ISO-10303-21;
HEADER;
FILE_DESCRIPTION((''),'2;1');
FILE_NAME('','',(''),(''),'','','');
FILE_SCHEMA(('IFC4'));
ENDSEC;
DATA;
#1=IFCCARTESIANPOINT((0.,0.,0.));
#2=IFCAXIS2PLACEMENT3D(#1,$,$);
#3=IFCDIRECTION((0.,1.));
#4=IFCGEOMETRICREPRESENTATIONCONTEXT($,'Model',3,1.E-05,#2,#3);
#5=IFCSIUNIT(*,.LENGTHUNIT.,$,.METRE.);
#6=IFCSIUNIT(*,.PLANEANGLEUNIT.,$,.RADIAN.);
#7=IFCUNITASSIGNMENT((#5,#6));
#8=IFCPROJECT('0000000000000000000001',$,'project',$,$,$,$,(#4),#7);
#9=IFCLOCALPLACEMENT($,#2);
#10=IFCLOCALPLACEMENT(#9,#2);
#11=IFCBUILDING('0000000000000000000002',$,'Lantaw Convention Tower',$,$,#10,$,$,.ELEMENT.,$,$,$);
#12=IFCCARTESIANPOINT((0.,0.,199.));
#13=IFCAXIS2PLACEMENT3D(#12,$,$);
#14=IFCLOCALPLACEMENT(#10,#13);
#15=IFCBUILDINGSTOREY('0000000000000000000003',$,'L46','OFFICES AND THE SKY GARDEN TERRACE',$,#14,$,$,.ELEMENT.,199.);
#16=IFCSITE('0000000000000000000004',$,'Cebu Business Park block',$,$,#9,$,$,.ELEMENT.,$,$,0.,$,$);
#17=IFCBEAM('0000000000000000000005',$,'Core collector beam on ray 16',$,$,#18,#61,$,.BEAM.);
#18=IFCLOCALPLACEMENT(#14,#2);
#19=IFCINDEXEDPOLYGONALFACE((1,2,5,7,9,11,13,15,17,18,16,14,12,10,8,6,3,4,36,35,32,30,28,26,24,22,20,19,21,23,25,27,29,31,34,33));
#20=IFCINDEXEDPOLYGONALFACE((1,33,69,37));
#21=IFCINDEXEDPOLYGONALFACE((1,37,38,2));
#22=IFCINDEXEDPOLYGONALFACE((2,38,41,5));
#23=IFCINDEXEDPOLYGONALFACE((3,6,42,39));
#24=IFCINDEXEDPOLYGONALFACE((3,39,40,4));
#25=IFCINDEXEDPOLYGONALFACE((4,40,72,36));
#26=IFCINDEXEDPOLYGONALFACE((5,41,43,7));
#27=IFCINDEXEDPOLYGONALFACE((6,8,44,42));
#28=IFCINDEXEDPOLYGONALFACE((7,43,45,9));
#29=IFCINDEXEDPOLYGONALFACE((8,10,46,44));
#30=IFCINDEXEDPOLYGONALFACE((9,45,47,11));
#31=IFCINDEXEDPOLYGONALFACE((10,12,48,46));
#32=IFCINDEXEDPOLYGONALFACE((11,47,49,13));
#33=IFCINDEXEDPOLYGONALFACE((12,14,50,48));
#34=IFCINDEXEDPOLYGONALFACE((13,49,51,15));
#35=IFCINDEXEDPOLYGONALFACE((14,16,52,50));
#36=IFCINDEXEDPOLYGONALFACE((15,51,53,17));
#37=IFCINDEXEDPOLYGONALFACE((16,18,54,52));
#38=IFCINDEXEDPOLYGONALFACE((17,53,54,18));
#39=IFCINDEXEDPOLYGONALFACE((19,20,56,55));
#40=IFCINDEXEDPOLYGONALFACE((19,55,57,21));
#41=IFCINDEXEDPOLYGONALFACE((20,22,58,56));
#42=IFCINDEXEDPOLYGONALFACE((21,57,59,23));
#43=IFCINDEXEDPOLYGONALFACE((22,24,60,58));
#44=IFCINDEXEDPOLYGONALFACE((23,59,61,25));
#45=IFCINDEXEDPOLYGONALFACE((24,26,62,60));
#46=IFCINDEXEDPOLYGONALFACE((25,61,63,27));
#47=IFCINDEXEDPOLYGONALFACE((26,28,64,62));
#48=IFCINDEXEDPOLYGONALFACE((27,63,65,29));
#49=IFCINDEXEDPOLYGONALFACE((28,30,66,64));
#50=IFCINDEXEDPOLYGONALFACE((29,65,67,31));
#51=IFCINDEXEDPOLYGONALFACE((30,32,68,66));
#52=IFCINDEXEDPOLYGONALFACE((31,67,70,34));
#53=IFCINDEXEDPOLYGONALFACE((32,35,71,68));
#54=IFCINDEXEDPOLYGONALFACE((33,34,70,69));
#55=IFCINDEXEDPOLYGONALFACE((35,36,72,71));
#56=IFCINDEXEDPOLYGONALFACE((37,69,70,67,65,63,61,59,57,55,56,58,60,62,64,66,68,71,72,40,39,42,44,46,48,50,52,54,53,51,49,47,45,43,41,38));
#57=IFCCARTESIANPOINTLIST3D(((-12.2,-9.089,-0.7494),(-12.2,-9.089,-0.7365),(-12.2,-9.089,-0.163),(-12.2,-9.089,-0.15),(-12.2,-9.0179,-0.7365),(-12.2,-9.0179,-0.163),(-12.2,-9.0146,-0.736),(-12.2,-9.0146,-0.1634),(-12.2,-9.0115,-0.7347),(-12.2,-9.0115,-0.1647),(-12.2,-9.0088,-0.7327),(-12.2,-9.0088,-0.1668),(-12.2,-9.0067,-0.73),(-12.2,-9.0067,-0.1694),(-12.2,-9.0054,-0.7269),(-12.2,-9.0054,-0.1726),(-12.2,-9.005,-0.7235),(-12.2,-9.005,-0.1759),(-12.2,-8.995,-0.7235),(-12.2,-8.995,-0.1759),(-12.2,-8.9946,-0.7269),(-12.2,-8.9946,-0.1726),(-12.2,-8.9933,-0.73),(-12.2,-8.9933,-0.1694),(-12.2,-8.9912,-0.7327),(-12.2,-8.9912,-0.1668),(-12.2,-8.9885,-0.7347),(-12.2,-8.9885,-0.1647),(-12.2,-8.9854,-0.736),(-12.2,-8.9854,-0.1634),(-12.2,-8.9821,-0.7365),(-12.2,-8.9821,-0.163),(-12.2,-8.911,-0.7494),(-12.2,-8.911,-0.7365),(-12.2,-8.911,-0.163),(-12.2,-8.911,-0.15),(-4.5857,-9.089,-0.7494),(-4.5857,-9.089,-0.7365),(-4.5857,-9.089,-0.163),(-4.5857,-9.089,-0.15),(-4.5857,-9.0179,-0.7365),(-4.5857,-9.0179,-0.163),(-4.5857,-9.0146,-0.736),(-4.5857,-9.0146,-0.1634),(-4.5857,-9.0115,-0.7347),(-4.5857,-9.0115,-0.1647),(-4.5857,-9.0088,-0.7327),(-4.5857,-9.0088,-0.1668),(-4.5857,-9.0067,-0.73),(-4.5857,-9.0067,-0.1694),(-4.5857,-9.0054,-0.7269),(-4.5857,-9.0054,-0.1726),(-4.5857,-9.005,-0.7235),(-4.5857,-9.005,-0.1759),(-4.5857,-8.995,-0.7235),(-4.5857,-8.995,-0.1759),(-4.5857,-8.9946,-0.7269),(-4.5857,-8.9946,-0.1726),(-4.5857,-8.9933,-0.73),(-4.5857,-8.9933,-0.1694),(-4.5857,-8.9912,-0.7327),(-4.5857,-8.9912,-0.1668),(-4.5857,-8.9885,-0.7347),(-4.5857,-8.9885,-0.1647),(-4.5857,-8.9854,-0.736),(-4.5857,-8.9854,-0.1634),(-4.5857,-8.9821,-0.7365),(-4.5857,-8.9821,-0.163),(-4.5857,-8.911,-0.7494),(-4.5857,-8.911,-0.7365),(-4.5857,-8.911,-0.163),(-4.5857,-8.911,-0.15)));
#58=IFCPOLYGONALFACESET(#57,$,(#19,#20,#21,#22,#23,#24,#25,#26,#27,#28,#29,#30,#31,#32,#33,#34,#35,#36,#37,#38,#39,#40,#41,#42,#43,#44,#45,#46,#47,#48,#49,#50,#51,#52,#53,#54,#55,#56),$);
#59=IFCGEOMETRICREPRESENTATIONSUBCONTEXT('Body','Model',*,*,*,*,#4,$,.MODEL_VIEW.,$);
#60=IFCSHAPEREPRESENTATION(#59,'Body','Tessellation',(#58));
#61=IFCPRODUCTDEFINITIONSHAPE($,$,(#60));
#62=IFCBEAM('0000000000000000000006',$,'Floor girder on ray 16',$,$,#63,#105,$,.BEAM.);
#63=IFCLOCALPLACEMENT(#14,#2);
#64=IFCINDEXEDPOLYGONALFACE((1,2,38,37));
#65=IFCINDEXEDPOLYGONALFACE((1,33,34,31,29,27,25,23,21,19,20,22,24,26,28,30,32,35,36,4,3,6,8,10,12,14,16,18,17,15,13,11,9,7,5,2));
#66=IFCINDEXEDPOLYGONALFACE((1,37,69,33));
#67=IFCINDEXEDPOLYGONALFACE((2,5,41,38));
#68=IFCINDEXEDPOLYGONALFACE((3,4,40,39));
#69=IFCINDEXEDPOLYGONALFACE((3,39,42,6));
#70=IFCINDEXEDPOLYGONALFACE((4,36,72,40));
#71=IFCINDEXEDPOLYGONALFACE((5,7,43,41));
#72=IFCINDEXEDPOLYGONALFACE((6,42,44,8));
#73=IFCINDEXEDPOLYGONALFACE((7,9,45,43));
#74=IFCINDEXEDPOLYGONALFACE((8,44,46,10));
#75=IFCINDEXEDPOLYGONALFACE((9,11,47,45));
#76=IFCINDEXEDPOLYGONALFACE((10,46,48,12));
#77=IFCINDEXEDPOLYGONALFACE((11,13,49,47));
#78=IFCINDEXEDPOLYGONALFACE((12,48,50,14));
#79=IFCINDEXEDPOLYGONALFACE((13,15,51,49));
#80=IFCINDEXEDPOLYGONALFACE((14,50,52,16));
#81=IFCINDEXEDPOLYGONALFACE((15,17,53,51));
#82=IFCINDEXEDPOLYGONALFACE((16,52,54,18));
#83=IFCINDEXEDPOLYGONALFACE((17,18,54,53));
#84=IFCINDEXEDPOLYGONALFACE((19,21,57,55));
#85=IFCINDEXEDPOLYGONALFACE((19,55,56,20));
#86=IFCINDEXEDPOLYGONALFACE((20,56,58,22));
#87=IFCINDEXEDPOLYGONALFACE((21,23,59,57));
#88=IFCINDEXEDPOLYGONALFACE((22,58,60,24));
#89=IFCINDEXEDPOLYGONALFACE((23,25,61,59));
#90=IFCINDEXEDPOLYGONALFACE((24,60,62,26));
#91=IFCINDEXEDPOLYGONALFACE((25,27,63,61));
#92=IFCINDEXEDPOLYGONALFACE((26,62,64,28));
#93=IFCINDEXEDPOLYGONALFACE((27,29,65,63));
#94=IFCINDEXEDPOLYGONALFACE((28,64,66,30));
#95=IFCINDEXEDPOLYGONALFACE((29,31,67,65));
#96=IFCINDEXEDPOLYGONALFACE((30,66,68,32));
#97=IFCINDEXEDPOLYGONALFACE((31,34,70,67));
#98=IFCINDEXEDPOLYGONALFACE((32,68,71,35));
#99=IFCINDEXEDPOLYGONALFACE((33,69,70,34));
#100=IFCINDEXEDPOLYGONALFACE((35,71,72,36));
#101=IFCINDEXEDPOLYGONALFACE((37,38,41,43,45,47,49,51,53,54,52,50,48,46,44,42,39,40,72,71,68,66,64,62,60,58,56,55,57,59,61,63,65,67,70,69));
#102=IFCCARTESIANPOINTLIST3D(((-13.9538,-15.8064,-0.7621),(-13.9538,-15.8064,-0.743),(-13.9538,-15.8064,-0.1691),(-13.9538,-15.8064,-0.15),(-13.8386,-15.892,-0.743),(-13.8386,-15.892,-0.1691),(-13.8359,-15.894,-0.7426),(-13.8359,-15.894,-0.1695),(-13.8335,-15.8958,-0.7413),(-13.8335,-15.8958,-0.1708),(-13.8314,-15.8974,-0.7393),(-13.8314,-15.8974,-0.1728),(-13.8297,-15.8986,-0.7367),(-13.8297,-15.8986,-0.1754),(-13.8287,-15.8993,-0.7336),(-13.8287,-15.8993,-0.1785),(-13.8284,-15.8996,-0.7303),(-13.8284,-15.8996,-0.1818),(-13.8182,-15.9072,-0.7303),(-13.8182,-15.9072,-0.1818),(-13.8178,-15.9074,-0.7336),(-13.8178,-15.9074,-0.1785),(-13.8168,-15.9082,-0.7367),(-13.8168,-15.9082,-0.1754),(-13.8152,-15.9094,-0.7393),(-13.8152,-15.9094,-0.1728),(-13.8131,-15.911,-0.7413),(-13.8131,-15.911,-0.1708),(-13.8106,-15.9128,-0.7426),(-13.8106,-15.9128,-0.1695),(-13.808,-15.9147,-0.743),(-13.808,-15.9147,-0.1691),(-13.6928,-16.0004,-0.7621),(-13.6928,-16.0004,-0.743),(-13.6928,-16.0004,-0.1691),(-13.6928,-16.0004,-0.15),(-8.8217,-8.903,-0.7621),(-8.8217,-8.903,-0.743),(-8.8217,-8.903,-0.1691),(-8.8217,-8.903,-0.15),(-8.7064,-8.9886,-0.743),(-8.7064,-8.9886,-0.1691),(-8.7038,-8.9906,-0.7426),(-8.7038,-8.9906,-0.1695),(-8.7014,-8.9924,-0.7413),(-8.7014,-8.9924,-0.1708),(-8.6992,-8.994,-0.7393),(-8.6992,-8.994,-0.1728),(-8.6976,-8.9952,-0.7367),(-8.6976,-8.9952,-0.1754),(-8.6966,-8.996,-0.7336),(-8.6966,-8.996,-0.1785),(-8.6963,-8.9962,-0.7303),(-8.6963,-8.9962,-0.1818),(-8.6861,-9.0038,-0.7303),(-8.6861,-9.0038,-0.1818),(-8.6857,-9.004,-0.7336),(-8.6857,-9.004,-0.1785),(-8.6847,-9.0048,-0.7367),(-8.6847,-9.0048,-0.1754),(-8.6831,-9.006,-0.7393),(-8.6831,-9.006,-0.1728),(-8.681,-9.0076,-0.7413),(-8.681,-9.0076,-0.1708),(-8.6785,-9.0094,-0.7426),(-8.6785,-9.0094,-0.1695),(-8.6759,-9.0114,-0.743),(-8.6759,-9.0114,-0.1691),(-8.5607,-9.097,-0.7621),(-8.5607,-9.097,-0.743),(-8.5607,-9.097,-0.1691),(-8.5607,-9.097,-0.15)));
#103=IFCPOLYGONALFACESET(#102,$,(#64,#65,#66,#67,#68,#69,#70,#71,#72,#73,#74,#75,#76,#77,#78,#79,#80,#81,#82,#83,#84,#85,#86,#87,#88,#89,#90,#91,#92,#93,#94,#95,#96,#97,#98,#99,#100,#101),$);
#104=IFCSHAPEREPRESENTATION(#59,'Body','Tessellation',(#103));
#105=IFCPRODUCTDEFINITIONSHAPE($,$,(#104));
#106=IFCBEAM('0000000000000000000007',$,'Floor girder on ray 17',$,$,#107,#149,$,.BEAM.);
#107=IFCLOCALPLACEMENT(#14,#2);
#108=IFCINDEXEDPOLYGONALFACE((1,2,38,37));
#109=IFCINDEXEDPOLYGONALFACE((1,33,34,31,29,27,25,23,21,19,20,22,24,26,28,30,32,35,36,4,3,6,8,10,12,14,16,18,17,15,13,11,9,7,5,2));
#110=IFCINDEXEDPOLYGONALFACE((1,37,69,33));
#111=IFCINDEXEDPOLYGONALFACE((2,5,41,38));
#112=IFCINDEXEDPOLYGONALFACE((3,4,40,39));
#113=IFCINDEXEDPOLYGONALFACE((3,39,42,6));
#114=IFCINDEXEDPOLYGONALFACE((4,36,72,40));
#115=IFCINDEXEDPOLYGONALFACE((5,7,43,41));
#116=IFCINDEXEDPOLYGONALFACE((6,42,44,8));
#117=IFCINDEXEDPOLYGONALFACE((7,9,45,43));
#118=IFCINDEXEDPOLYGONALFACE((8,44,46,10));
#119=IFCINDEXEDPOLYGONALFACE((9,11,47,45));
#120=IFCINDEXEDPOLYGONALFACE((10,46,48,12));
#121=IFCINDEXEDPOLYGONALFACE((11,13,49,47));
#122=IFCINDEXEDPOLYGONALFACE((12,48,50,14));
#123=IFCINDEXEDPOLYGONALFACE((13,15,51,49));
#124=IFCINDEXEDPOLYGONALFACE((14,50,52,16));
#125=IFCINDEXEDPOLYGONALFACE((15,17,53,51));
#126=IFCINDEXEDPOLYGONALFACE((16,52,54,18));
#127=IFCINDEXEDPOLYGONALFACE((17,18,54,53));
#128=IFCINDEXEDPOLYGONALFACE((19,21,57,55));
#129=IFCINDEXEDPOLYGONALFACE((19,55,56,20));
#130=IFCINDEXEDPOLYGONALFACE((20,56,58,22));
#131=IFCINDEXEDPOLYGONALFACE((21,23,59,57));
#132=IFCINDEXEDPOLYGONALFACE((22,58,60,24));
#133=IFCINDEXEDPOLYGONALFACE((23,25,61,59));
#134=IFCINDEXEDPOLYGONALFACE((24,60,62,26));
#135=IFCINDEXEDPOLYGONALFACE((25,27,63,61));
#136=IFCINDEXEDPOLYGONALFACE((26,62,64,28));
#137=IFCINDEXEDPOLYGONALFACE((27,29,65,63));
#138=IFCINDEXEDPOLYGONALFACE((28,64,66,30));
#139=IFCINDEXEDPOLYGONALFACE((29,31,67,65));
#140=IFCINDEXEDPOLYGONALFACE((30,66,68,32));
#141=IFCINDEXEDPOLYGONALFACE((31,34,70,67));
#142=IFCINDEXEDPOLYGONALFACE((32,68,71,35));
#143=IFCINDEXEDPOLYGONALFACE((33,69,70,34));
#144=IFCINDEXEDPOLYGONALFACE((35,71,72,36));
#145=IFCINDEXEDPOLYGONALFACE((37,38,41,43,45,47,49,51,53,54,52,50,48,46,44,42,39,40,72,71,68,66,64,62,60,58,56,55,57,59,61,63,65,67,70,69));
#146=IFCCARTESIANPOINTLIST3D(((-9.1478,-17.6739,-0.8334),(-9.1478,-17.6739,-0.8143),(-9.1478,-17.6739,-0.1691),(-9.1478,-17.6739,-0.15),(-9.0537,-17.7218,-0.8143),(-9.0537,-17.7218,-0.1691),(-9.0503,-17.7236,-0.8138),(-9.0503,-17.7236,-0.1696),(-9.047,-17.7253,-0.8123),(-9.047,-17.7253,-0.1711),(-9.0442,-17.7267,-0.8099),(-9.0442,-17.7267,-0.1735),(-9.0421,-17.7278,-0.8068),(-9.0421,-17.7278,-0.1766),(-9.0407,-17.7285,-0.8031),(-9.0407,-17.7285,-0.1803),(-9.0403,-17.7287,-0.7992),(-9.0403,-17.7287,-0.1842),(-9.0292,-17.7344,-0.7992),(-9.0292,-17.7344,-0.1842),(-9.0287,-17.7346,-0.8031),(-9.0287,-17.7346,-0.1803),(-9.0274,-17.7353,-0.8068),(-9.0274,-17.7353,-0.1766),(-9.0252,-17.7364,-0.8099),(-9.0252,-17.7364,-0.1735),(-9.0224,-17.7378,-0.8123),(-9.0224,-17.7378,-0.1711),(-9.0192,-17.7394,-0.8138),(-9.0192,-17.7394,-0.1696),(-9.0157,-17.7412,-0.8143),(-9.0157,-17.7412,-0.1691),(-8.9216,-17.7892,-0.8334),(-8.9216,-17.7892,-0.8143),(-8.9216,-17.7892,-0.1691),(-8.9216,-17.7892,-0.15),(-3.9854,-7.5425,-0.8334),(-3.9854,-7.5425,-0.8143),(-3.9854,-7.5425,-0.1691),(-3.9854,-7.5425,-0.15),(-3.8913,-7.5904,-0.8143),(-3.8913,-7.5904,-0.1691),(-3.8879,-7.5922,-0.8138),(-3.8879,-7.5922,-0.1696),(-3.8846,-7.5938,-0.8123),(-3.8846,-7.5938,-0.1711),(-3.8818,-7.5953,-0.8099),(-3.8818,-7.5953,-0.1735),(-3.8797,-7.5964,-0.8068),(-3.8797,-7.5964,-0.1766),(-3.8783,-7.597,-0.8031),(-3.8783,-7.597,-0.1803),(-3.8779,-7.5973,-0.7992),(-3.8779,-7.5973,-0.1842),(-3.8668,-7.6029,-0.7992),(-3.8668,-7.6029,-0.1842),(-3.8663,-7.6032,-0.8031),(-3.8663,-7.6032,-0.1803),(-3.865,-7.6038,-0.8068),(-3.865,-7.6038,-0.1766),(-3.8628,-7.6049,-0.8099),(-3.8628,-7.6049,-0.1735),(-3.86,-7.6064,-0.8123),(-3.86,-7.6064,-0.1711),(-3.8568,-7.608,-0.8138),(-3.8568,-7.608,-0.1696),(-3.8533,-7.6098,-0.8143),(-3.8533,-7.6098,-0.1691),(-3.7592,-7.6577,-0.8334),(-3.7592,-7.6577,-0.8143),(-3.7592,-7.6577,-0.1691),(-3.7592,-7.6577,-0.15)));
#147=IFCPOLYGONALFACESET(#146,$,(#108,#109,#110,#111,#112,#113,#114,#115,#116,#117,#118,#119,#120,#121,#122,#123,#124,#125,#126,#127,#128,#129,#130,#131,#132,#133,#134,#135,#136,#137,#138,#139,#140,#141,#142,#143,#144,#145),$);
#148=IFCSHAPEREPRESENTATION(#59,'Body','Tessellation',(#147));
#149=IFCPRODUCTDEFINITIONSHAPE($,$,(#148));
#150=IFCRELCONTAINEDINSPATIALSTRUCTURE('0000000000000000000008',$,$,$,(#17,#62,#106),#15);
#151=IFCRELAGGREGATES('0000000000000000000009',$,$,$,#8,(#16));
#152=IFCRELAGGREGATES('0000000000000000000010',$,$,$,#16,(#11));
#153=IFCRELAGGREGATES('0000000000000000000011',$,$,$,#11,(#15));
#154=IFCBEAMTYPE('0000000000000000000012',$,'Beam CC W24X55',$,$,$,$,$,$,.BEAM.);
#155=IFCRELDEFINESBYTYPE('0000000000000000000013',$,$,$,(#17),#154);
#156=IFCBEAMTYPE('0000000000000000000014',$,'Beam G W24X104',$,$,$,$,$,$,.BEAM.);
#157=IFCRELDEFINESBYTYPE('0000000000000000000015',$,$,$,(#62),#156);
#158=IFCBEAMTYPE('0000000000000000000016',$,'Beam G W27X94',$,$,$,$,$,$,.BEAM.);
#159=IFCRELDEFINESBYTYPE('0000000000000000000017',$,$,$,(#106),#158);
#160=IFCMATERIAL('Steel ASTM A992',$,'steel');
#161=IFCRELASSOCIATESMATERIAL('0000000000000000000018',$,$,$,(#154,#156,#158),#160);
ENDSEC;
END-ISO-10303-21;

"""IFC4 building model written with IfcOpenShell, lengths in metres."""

from ifc_helpers import new_model, si_unit, direction, frame, origin, origin_2d, place, context, subcontext, project, spatial, i_section, extrude, material, material_profile, profile_set, type_object, element, save


model = new_model("IFC4")

# Units and contexts
model_context = context("Model", 3, precision=1e-05, world=origin(), true_north=direction((0.0, 1.0)))
body_context = subcontext(model_context, "Body", "Model", "MODEL_VIEW")
ifc_project = project(units=[si_unit("LENGTHUNIT", "METRE"), si_unit("PLANEANGLEUNIT", "RADIAN")], contexts=[model_context])

# Site, building, storey
site_placement = place(None, origin())
site = spatial("IfcSite", under=ifc_project, at=site_placement, Name="Cebu Business Park block", CompositionType="ELEMENT", RefElevation=0.0)
building_placement = place(site_placement, origin())
building = spatial("IfcBuilding", under=site, at=building_placement, Name="Lantaw Convention Tower", CompositionType="ELEMENT")
storey_placement = place(building_placement, frame((0.0, 0.0, 199.0)))
storey = spatial("IfcBuildingStorey", under=building, at=storey_placement, Name="L46", Description="OFFICES AND THE SKY GARDEN TERRACE", CompositionType="ELEMENT", Elevation=199.0)

# Beams
ifc_material_1 = material(Name="Steel ASTM A992", Category="steel")
ifc_material_profile_1 = material_profile(ifc_material_1, i_section(OverallWidth=0.178, OverallDepth=0.5994, WebThickness=0.01, FlangeThickness=0.0129, FilletRadius=0.0129, at=origin_2d()), Name="W24X55")
ifc_profile_set_1 = profile_set([ifc_material_profile_1], Name="Steel ASTM A992")
beam_type_1 = type_object("IfcBeamType", Name="Beam CC W24X55", PredefinedType="BEAM", material=ifc_profile_set_1)
beam_1_placement = place(storey_placement, frame((-12.2, -9.0, -0.4497), z_axis=(1.0, 0.0, 0.0), x_axis=(0.0, 1.0, 0.0)))
element("IfcBeam", 1, at=beam_1_placement, inside=storey, type_object=beam_type_1, Name="Core collector beam on ray 16", PredefinedType="BEAM", context=body_context, shape_type="SweptSolid", body=[
    extrude(i_section(OverallWidth=0.178, OverallDepth=0.5994, WebThickness=0.01, FlangeThickness=0.0129, FilletRadius=0.0129, at=origin_2d()), origin(), (0.0, 0.0, 1.0), 7.6143),
])
ifc_material_profile_2 = material_profile(ifc_material_1, i_section(OverallWidth=0.3252, OverallDepth=0.6121, WebThickness=0.0127, FlangeThickness=0.019, FilletRadius=0.0127, at=origin_2d()), Name="W24X104")
ifc_profile_set_2 = profile_set([ifc_material_profile_2], Name="Steel ASTM A992")
beam_type_2 = type_object("IfcBeamType", Name="Beam G W24X104", PredefinedType="BEAM", material=ifc_profile_set_2)
beam_2_placement = place(storey_placement, frame((-8.6912, -9.0, -0.4561), z_axis=(-0.596616, -0.802527, 0.0), x_axis=(0.802527, -0.596616, 0.0)))
element("IfcBeam", 2, at=beam_2_placement, inside=storey, type_object=beam_type_2, Name="Floor girder on ray 16", PredefinedType="BEAM", context=body_context, shape_type="SweptSolid", body=[
    extrude(i_section(OverallWidth=0.3252, OverallDepth=0.6121, WebThickness=0.0127, FlangeThickness=0.019, FilletRadius=0.0127, at=origin_2d()), origin(), (0.0, 0.0, 1.0), 8.6021),
])
ifc_material_profile_3 = material_profile(ifc_material_1, i_section(OverallWidth=0.2539, OverallDepth=0.6833, WebThickness=0.0125, FlangeThickness=0.019, FilletRadius=0.0151, at=origin_2d()), Name="W27X94")
ifc_profile_set_3 = profile_set([ifc_material_profile_3], Name="Steel ASTM A992")
beam_type_3 = type_object("IfcBeamType", Name="Beam G W27X94", PredefinedType="BEAM", material=ifc_profile_set_3)
beam_3_placement = place(storey_placement, frame((-3.8723, -7.6001, -0.4917), z_axis=(-0.454003, -0.891, 0.0), x_axis=(0.891, -0.454003, 0.0)))
element("IfcBeam", 3, at=beam_3_placement, inside=storey, type_object=beam_type_3, Name="Floor girder on ray 17", PredefinedType="BEAM", context=body_context, shape_type="SweptSolid", body=[
    extrude(i_section(OverallWidth=0.2539, OverallDepth=0.6833, WebThickness=0.0125, FlangeThickness=0.019, FilletRadius=0.0151, at=origin_2d()), origin(), (0.0, 0.0, 1.0), 11.3708),
])

save(model, "model.ifc")
